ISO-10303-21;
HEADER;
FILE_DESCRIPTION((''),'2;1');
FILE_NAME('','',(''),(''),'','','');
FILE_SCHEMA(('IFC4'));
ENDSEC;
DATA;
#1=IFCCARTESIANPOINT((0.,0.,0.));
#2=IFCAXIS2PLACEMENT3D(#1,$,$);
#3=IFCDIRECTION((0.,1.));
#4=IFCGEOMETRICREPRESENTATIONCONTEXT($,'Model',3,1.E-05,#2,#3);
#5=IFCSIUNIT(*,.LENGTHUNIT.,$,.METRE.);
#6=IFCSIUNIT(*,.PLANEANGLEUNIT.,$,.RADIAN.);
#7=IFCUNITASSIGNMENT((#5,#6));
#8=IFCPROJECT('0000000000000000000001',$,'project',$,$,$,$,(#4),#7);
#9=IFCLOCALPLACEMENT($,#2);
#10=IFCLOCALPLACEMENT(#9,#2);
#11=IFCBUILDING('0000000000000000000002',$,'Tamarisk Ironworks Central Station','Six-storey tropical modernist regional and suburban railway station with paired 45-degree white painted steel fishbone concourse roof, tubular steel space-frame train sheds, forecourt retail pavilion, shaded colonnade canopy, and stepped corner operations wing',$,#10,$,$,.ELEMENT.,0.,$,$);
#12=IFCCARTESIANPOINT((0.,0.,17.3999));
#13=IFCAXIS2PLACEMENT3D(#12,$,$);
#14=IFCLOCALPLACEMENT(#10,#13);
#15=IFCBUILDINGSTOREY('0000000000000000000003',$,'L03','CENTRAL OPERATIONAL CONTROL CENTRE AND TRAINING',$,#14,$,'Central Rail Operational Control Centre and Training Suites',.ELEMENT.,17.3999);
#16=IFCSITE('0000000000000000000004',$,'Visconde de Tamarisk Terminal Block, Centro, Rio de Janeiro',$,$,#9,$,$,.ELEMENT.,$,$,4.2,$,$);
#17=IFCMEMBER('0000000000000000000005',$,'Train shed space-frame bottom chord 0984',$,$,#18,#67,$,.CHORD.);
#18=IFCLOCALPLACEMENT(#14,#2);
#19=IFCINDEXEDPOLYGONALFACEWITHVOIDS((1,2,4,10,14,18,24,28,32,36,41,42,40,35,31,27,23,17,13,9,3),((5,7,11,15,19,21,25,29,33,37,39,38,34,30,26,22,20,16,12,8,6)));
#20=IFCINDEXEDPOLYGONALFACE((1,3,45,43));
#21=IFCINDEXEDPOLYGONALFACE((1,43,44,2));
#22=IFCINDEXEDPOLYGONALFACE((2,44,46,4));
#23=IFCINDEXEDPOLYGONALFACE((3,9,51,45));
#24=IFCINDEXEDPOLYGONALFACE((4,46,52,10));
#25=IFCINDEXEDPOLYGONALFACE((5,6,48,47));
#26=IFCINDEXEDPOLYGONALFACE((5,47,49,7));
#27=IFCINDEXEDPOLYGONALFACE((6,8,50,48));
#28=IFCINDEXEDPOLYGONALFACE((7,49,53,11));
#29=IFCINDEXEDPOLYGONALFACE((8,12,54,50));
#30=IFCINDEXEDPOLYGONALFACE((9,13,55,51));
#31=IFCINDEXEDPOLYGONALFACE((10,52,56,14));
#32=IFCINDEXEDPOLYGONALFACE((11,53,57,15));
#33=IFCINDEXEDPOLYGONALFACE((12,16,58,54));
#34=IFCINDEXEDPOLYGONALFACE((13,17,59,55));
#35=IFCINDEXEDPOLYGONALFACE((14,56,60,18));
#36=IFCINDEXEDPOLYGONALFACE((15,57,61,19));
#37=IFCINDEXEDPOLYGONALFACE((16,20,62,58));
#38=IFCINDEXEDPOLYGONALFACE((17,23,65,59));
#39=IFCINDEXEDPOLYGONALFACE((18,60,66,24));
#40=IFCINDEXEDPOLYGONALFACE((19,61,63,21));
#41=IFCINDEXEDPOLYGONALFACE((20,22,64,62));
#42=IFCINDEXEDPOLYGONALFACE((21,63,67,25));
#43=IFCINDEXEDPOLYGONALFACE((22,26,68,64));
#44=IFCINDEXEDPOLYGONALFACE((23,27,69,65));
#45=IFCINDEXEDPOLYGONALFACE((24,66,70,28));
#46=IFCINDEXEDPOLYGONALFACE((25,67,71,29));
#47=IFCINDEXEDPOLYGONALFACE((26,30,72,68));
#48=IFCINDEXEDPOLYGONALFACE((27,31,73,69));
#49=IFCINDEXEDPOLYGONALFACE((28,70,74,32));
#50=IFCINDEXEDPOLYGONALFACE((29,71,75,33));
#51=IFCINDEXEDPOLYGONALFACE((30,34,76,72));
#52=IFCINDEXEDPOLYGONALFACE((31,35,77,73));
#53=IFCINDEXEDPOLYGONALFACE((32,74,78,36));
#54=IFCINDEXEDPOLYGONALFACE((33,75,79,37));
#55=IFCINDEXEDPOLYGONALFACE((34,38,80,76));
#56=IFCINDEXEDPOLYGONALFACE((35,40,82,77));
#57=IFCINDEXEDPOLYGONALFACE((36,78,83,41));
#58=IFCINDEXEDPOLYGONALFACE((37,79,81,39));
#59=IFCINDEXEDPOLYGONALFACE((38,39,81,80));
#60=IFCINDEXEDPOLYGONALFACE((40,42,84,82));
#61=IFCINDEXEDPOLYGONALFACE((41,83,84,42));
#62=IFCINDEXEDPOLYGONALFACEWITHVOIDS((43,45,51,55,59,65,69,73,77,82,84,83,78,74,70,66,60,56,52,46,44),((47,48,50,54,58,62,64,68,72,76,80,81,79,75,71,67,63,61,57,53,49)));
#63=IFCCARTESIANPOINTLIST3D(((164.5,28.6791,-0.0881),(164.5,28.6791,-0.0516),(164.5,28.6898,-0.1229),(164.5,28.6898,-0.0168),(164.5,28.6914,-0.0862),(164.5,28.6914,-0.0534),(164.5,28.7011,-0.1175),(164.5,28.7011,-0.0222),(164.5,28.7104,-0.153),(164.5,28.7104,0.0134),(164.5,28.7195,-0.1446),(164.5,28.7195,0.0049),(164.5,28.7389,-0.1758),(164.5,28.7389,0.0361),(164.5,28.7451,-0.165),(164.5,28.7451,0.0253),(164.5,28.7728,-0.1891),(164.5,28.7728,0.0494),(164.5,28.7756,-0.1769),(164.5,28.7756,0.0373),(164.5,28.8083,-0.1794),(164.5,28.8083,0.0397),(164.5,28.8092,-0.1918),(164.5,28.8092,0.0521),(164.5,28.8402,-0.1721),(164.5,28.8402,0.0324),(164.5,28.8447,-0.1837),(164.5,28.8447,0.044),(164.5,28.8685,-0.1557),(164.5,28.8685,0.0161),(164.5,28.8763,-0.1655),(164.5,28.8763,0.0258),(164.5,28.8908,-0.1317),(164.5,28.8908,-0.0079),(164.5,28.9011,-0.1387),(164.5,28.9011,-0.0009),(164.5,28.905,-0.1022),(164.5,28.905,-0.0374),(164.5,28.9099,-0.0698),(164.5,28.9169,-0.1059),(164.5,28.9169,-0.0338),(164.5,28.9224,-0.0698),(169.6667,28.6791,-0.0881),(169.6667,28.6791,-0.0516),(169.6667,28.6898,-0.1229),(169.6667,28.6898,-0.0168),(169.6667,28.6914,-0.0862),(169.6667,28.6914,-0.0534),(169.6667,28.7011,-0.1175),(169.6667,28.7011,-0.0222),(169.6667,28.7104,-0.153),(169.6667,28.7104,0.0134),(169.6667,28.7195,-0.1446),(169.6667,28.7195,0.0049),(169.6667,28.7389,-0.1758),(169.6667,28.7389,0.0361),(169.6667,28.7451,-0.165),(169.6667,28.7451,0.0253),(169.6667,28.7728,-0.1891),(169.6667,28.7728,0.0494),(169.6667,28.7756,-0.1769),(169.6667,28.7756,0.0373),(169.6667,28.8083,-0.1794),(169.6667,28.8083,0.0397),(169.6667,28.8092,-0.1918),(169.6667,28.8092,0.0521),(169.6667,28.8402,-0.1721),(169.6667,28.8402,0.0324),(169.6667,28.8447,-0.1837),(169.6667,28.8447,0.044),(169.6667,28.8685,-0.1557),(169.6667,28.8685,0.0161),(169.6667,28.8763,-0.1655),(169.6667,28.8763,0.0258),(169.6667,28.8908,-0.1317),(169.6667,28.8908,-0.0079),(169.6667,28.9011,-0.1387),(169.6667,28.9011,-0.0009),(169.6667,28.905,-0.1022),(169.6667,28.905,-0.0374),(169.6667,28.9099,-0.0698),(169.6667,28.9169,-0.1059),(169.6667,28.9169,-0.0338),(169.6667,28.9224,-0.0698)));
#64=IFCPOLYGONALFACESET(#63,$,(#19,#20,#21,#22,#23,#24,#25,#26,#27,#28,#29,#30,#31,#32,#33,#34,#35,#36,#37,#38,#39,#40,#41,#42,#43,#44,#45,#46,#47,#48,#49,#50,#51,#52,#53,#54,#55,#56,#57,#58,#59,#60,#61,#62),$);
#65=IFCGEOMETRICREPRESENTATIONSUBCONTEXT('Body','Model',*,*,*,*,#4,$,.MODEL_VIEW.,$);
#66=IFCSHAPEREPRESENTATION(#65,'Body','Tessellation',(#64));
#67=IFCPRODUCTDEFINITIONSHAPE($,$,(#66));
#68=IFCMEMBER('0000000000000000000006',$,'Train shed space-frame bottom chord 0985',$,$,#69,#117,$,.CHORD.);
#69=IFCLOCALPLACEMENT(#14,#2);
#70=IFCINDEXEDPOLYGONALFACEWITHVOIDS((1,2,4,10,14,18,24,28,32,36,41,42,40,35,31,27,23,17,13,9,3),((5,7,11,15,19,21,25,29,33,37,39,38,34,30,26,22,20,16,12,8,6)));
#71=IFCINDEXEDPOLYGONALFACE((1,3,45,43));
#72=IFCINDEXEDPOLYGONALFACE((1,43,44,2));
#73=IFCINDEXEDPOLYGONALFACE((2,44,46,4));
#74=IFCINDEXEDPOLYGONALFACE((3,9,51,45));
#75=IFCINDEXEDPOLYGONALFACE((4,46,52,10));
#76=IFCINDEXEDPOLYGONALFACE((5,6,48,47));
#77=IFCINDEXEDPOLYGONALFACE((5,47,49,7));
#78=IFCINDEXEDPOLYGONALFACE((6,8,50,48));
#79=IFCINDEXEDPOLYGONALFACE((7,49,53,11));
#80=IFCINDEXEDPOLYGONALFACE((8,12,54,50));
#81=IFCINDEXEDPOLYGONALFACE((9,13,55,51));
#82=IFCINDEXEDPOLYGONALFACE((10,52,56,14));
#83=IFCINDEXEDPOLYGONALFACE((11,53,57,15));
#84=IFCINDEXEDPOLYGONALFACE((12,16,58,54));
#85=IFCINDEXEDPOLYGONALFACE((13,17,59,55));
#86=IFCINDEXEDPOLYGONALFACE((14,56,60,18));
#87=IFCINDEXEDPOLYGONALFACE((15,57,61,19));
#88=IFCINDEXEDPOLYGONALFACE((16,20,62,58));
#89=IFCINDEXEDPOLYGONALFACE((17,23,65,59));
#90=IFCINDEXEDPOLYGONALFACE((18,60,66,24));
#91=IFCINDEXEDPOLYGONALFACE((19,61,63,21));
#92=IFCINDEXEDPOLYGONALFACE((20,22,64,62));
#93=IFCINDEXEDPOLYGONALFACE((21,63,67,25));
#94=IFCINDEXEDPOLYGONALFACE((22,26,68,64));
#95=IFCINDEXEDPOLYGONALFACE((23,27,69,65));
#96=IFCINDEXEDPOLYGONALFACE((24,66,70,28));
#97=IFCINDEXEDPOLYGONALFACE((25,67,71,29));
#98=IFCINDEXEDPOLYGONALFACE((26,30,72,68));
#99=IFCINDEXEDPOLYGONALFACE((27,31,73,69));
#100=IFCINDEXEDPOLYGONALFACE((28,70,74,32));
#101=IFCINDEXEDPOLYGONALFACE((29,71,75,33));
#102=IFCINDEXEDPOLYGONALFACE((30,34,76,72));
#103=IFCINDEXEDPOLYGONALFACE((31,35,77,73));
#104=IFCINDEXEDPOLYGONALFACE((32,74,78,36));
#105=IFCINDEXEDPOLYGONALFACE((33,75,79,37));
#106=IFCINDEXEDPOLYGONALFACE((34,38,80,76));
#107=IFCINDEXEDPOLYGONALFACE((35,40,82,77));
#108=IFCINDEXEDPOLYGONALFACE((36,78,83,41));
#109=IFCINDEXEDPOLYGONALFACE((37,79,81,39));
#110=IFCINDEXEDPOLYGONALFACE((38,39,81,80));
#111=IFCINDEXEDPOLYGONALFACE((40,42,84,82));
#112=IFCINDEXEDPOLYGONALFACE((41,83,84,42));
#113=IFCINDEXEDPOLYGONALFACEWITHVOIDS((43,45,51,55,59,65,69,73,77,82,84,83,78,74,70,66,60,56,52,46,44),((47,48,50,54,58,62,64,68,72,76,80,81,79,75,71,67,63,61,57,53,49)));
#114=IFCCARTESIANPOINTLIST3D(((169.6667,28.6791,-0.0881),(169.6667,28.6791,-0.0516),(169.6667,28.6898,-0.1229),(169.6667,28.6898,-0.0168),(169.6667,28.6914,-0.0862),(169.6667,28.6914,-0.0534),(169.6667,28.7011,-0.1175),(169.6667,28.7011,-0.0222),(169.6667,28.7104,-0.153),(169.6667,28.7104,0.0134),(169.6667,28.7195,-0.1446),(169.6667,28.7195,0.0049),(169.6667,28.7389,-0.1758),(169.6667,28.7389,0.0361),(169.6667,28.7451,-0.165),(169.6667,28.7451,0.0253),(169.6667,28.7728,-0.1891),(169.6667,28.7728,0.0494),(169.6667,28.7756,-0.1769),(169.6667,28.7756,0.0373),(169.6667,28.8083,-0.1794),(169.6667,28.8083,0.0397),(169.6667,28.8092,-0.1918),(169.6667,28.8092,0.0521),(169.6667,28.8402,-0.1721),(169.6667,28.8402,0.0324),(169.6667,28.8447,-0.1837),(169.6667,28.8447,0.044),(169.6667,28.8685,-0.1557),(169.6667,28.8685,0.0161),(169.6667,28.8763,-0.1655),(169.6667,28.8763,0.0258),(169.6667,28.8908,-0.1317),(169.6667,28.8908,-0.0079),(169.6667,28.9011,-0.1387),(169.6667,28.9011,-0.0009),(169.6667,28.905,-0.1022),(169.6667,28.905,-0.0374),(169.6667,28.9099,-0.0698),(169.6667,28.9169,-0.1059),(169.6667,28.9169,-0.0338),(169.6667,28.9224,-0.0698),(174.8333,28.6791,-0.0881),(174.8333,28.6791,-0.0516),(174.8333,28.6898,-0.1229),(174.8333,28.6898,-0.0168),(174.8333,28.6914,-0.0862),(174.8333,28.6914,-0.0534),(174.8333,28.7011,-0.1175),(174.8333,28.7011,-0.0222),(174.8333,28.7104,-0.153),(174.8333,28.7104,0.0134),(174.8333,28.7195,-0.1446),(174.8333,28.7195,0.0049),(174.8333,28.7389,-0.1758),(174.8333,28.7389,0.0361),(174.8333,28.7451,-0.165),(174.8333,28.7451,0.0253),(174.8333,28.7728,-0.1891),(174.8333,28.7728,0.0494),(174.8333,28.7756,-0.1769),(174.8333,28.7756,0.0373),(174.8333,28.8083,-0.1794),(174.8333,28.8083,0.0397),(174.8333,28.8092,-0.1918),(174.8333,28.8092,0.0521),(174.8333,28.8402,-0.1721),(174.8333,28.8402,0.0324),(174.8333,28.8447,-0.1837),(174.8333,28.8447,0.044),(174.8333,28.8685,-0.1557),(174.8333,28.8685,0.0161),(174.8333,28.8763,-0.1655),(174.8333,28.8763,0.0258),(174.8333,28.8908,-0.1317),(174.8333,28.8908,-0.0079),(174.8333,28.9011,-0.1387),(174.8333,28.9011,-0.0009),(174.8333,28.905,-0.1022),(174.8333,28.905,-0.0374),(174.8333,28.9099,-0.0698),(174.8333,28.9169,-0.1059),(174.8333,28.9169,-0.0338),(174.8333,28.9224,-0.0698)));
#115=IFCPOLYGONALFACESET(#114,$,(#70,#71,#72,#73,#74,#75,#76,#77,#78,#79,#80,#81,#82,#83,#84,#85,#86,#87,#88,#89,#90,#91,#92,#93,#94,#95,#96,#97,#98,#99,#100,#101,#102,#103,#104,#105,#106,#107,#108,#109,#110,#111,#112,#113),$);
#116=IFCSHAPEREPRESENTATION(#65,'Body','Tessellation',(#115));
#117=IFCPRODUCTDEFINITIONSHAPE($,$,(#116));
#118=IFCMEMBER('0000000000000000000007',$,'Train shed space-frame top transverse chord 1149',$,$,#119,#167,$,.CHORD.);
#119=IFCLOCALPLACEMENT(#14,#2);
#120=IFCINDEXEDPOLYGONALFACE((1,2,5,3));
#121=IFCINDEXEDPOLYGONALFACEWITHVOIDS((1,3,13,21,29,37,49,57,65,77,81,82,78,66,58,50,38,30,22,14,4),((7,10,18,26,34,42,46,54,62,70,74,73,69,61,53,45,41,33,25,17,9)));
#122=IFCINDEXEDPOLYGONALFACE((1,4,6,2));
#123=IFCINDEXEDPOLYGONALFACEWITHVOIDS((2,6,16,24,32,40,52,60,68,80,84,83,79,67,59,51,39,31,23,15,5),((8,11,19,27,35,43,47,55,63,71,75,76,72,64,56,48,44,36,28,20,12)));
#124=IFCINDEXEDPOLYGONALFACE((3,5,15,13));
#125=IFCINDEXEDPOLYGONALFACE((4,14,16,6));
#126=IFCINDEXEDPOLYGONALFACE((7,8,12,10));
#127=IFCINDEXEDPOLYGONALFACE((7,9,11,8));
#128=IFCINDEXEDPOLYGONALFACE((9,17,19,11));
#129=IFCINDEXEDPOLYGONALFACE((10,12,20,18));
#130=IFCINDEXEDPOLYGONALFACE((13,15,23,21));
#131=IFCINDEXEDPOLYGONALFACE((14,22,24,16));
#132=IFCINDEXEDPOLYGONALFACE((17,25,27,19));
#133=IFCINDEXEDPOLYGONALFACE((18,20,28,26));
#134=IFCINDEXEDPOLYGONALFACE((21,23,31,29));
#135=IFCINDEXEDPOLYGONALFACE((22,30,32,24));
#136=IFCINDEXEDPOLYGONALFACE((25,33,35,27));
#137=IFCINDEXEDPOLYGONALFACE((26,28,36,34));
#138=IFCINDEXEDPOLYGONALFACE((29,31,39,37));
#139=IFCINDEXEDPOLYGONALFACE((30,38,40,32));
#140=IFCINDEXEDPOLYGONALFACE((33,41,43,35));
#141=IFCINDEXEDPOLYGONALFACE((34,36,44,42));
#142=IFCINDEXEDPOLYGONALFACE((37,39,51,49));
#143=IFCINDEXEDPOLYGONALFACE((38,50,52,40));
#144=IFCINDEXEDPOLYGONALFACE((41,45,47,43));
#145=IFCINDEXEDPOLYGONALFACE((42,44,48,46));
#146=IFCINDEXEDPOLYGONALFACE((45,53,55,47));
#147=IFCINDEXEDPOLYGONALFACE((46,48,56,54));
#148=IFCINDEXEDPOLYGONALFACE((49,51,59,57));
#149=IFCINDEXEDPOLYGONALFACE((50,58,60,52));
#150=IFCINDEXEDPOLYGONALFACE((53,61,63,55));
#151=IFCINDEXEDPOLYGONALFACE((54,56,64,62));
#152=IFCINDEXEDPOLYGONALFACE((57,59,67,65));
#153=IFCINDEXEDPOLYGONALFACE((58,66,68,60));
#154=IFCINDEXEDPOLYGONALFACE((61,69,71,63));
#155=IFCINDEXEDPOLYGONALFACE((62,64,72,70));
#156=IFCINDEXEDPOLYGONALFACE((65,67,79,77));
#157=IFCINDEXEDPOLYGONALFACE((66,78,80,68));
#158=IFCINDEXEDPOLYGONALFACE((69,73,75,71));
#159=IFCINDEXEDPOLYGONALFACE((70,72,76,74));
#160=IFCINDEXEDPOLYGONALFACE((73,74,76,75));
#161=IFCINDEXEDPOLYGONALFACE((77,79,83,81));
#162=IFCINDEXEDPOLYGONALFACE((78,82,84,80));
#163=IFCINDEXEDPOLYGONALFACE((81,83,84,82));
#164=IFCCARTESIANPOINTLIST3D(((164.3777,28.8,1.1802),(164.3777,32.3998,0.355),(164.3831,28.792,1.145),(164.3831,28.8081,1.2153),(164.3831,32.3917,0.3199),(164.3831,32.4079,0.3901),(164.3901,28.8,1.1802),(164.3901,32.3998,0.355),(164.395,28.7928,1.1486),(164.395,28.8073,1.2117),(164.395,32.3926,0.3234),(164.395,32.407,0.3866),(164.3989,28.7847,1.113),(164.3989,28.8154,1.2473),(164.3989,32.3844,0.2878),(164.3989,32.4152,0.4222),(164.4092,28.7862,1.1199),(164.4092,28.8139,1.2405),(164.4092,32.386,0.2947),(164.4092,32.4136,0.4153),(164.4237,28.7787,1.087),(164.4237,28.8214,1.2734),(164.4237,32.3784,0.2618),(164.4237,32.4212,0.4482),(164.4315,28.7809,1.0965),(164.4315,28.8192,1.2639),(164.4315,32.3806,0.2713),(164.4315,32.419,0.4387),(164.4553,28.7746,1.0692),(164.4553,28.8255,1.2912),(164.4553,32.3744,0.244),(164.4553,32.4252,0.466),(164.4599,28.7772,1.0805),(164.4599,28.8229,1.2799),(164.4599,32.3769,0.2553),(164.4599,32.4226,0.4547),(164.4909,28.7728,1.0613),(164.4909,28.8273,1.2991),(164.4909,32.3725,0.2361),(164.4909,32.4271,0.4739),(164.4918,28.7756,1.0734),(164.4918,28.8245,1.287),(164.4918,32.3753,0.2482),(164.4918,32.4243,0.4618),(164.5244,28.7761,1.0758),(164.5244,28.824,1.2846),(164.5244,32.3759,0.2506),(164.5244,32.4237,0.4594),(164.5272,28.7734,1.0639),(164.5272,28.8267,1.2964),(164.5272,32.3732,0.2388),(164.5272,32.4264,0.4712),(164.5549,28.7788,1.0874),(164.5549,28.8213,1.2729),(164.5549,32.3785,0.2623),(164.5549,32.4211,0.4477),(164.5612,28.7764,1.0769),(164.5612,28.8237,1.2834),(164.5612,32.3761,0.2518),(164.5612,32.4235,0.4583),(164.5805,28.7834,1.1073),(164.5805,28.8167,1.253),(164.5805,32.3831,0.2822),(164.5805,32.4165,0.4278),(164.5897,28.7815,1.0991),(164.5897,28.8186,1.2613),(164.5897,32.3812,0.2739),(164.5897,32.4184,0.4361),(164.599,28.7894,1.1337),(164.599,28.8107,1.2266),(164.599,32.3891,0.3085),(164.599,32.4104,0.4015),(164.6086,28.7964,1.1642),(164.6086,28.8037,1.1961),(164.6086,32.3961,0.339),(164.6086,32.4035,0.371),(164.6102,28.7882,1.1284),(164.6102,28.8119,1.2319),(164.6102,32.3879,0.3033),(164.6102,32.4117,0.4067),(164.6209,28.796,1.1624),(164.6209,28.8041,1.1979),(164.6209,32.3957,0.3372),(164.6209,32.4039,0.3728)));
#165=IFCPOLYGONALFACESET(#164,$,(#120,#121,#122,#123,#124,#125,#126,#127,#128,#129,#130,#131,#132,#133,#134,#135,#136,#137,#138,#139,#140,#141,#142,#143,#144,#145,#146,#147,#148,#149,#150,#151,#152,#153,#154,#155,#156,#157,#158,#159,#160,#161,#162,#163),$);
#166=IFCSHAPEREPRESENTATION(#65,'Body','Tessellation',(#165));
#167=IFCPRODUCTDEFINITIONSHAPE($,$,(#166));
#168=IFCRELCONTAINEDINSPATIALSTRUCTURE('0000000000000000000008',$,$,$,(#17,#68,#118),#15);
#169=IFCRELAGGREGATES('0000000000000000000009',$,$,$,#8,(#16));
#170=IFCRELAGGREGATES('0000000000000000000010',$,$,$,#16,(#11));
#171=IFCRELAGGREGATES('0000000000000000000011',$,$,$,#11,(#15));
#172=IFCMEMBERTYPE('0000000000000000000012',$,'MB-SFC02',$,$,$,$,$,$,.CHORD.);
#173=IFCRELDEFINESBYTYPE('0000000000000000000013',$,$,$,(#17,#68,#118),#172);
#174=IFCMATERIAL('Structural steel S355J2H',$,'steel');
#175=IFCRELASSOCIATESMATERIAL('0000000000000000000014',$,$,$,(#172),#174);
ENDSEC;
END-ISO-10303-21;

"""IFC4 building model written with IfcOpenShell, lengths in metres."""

from ifc_helpers import new_model, si_unit, direction, frame, origin, origin_2d, place, context, subcontext, project, spatial, hollow_circle, extrude, material, material_profile, profile_set, type_object, element, save


model = new_model("IFC4")

# Units and contexts
model_context = context("Model", 3, precision=1e-05, world=origin(), true_north=direction((0.0, 1.0)))
body_context = subcontext(model_context, "Body", "Model", "MODEL_VIEW")
ifc_project = project(units=[si_unit("LENGTHUNIT", "METRE"), si_unit("PLANEANGLEUNIT", "RADIAN")], contexts=[model_context])

# Site, building, storey
site_placement = place(None, origin())
site = spatial("IfcSite", under=ifc_project, at=site_placement, Name="Visconde de Tamarisk Terminal Block, Centro, Rio de Janeiro", CompositionType="ELEMENT", RefElevation=4.2)
building_placement = place(site_placement, origin())
building = spatial("IfcBuilding", under=site, at=building_placement, Name="Tamarisk Ironworks Central Station", Description="Six-storey tropical modernist regional and suburban railway station with paired 45-degree white painted steel fishbone concourse roof, tubular steel space-frame train sheds, forecourt retail pavilion, shaded colonnade canopy, and stepped corner operations wing", CompositionType="ELEMENT", ElevationOfRefHeight=0.0)
storey_placement = place(building_placement, frame((0.0, 0.0, 17.3999)))
storey = spatial("IfcBuildingStorey", under=building, at=storey_placement, Name="L03", Description="CENTRAL OPERATIONAL CONTROL CENTRE AND TRAINING", LongName="Central Rail Operational Control Centre and Training Suites", CompositionType="ELEMENT", Elevation=17.3999)

# Members
ifc_material = material(Name="Structural steel S355J2H", Category="steel")
ifc_material_profile_1 = material_profile(ifc_material, hollow_circle(Radius=0.1223, WallThickness=0.0125, at=origin_2d()), Name="CHS 244.5x12.5")
ifc_profile_set_1 = profile_set([ifc_material_profile_1], Name="Structural steel S355J2H")
member_type_1 = type_object("IfcMemberType", Name="MB-SFC02", PredefinedType="CHORD", material=ifc_profile_set_1)
for number, where, z_axis, x_axis, name in (
    (1, (164.5, 28.8, -0.0698), (1.0, 0.0, 0.0), (0.0, 1.0, 0.0), "Train shed space-frame bottom chord 0984"),
):
    element("IfcMember", number, at=place(storey_placement, frame(where, z_axis=z_axis, x_axis=x_axis)), inside=storey, type_object=member_type_1, Name=name, PredefinedType="CHORD", context=body_context, shape_type="SweptSolid", body=[
        extrude(hollow_circle(Radius=0.1223, WallThickness=0.0125, at=origin_2d()), origin(), (0.0, 0.0, 1.0), 5.1667),
    ])
member_1_placement = place(storey_placement, frame((169.6667, 28.8, -0.0698), z_axis=(1.0, 0.0, 0.0), x_axis=(0.0, 1.0, 0.0)))
element("IfcMember", 2, at=member_1_placement, inside=storey, type_object=member_type_1, Name="Train shed space-frame bottom chord 0985", PredefinedType="CHORD", context=body_context, shape_type="SweptSolid", body=[
    extrude(hollow_circle(Radius=0.1223, WallThickness=0.0125, at=origin_2d()), origin(), (0.0, 0.0, 1.0), 5.1665),
])
member_2_placement = place(storey_placement, frame((164.5, 28.8, 1.1802), z_axis=(0.0, 0.974719, -0.223435), x_axis=(-1.0, 0.0, 0.0)))
element("IfcMember", 3, at=member_2_placement, inside=storey, type_object=member_type_1, Name="Train shed space-frame top transverse chord 1149", PredefinedType="CHORD", context=body_context, shape_type="SweptSolid", body=[
    extrude(hollow_circle(Radius=0.1223, WallThickness=0.0125, at=origin_2d()), origin(), (0.0, 0.0, 1.0), 3.6931),
])

save(model, "model.ifc")
